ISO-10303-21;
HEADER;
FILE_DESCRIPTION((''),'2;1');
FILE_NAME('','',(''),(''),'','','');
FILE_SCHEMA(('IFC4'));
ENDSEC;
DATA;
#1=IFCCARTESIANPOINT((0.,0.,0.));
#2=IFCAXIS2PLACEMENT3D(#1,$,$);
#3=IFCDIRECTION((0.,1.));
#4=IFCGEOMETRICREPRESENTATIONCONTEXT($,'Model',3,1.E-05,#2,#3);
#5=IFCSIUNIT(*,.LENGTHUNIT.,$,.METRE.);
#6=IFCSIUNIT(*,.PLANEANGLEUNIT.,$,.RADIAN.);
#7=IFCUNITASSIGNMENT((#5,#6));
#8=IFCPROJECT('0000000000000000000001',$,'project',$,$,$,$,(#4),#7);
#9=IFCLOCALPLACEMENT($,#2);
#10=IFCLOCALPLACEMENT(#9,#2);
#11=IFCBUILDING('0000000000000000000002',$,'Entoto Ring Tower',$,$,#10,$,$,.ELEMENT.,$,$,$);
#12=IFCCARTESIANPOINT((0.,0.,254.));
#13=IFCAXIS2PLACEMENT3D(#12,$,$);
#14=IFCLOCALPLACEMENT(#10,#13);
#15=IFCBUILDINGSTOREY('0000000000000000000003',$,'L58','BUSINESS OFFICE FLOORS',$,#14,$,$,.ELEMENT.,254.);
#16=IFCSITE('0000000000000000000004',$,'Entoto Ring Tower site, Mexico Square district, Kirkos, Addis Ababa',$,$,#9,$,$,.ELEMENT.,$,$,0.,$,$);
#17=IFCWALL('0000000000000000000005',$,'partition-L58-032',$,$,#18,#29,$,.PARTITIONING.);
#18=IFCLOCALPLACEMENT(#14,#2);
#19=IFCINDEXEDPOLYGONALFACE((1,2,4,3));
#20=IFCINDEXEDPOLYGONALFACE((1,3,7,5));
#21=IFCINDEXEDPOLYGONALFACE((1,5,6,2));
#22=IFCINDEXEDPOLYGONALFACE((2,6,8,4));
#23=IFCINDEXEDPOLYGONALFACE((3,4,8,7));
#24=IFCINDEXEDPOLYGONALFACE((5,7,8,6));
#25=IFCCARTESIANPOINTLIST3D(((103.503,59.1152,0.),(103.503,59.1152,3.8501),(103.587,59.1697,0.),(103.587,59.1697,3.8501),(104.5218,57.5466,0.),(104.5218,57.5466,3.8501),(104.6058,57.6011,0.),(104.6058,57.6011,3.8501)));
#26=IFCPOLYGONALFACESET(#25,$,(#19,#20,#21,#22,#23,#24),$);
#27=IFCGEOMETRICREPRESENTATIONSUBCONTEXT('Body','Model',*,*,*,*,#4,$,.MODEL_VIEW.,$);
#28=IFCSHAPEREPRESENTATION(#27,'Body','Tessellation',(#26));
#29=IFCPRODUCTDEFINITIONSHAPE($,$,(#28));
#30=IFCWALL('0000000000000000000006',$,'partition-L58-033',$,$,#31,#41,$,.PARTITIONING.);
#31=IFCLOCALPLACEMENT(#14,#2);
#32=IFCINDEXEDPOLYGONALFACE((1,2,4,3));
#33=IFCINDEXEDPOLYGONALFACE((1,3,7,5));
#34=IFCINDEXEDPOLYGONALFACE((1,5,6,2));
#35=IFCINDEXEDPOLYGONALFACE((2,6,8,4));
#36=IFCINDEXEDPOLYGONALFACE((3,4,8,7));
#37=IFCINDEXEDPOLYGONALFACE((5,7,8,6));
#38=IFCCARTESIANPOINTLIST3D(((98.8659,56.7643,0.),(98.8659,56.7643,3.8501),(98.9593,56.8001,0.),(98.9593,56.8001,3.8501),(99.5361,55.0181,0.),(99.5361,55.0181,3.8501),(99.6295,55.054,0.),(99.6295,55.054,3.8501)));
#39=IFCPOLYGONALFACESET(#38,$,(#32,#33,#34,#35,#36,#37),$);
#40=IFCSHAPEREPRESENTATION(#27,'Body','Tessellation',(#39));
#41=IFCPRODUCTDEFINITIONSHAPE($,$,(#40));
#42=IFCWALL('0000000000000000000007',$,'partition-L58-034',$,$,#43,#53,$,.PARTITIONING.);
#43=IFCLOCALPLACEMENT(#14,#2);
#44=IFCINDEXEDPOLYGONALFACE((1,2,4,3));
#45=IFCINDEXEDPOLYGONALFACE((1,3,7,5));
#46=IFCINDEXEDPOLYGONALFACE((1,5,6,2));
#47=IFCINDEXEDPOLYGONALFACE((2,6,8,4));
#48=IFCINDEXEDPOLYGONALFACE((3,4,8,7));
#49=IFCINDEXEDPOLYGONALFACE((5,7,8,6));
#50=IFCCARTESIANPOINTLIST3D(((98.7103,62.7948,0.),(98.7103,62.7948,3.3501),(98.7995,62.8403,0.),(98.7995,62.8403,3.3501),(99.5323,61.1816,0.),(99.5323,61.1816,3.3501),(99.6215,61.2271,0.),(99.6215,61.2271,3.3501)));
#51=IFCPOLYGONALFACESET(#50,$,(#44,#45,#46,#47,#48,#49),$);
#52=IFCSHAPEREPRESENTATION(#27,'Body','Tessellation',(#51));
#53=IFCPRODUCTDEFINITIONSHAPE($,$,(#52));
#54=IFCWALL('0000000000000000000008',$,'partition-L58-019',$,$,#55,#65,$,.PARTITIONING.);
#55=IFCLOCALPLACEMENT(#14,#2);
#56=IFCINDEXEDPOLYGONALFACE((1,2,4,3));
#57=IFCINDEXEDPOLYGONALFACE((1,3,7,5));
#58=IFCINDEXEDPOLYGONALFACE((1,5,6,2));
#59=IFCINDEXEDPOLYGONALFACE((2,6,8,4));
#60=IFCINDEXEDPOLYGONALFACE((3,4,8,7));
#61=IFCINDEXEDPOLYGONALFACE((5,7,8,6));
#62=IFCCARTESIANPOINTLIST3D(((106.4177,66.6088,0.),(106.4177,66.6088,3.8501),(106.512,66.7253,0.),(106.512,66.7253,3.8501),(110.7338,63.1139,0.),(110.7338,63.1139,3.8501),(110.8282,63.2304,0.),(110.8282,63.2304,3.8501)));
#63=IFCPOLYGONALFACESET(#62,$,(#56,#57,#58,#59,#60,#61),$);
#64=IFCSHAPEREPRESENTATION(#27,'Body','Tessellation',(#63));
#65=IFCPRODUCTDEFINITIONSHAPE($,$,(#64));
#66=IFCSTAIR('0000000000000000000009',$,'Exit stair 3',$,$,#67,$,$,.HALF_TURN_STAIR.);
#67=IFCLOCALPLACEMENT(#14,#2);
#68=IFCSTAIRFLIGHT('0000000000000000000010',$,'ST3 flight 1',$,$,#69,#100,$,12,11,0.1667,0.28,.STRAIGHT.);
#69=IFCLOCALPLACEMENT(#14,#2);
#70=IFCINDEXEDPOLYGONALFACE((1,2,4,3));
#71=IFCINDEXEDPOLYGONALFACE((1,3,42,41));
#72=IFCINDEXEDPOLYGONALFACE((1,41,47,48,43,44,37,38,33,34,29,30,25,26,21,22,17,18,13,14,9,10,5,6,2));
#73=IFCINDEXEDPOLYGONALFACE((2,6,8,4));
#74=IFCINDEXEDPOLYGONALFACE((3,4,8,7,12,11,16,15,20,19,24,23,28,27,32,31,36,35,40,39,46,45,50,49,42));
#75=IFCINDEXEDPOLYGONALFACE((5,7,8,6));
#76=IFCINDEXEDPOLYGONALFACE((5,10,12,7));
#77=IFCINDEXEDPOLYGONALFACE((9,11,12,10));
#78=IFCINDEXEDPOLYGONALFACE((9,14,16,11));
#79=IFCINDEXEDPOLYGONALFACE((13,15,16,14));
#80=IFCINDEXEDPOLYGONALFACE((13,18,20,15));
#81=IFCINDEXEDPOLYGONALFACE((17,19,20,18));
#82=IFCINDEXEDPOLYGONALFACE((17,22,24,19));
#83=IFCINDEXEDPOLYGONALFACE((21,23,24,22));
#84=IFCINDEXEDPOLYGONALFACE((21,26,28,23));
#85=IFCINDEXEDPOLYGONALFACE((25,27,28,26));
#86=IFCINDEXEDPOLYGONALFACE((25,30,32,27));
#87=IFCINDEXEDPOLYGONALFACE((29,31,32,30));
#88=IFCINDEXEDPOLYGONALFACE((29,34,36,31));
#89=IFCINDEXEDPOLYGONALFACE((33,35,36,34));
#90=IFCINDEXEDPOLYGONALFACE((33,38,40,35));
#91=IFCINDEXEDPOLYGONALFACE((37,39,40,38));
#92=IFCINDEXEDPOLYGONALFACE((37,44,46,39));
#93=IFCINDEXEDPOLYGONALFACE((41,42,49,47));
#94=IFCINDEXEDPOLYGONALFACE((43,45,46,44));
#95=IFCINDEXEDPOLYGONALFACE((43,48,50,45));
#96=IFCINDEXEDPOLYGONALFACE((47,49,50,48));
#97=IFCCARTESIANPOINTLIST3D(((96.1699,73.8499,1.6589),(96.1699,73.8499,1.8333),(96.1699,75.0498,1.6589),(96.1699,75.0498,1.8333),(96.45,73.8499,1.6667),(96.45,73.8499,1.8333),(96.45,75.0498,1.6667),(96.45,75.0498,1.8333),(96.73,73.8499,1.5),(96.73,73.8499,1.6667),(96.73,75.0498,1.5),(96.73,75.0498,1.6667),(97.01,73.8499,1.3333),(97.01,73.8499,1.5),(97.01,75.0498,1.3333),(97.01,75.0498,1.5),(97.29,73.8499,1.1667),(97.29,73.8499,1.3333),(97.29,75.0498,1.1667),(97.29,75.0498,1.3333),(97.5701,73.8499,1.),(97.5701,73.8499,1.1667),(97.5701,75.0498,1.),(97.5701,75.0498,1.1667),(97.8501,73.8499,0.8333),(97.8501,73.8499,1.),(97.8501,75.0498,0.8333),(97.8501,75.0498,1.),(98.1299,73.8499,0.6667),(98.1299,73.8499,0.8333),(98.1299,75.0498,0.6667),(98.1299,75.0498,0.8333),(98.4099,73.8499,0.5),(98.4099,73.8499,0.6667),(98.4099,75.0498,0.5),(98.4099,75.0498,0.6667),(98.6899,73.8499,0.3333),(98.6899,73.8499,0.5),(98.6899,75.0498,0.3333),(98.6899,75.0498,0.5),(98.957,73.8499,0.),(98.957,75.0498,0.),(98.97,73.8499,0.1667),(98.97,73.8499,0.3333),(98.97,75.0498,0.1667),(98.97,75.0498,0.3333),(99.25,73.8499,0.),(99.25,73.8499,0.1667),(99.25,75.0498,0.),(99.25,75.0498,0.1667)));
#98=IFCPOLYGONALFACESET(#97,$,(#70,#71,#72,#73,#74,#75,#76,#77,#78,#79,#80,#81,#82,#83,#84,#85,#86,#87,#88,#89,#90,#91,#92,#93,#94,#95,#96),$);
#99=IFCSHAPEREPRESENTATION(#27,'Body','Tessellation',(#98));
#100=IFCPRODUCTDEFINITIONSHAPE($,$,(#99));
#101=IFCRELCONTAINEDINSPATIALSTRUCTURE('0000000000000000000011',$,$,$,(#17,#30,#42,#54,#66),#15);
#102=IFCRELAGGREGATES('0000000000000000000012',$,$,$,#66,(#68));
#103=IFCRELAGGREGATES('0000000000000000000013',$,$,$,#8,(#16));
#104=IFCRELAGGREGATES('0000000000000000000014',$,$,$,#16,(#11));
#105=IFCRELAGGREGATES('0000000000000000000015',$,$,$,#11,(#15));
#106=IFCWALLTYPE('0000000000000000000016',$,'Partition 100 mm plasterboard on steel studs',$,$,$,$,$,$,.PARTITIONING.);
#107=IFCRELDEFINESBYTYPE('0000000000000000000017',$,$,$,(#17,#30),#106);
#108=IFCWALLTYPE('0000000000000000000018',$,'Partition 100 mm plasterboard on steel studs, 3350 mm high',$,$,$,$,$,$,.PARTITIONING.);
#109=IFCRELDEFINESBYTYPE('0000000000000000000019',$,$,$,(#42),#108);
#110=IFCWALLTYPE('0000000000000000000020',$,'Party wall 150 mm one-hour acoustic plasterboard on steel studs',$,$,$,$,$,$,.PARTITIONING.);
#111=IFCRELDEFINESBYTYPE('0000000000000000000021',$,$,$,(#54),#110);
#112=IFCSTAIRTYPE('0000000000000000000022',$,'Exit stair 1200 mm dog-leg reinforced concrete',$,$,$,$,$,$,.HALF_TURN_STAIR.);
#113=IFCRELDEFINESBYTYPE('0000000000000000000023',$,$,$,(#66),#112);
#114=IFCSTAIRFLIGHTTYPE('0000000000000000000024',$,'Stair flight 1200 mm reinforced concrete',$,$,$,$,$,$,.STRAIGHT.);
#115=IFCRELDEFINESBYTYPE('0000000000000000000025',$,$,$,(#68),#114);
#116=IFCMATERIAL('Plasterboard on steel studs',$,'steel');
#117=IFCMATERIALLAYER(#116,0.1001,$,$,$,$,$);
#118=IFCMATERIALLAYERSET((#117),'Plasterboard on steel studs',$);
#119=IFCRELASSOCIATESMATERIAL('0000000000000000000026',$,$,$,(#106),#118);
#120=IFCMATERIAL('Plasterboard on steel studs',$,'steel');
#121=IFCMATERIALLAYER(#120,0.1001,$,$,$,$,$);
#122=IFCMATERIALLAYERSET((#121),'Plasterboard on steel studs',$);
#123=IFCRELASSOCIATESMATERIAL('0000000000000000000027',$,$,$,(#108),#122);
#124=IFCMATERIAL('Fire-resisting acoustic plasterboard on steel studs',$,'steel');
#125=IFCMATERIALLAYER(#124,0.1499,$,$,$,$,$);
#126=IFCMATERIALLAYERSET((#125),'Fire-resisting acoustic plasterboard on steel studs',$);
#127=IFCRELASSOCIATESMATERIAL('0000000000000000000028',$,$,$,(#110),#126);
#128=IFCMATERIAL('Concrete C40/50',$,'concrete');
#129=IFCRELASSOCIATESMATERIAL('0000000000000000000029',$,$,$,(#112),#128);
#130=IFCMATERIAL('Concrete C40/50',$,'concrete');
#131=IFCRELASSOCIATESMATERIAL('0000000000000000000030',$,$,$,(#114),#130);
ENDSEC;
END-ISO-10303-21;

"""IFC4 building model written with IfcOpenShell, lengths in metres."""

from ifc_helpers import new_model, si_unit, direction, frame, frame_2d, origin, place, context, subcontext, project, spatial, polyline, rectangle, outline, extrude, material, layer, layer_set, type_object, element, aggregate, save


model = new_model("IFC4")

# Units and contexts
model_context = context("Model", 3, precision=1e-05, world=origin(), true_north=direction((0.0, 1.0)))
body_context = subcontext(model_context, "Body", "Model", "MODEL_VIEW")
ifc_project = project(units=[si_unit("LENGTHUNIT", "METRE"), si_unit("PLANEANGLEUNIT", "RADIAN")], contexts=[model_context])

# Site, building, storey
site_placement = place(None, origin())
site = spatial("IfcSite", under=ifc_project, at=site_placement, Name="Entoto Ring Tower site, Mexico Square district, Kirkos, Addis Ababa", CompositionType="ELEMENT", RefElevation=0.0)
building_placement = place(site_placement, origin())
building = spatial("IfcBuilding", under=site, at=building_placement, Name="Entoto Ring Tower", CompositionType="ELEMENT")
storey_placement = place(building_placement, frame((0.0, 0.0, 254.0)))
storey = spatial("IfcBuildingStorey", under=building, at=storey_placement, Name="L58", Description="BUSINESS OFFICE FLOORS", CompositionType="ELEMENT", Elevation=254.0)

# Walls
ifc_material_1 = material(Name="Plasterboard on steel studs", Category="steel")
ifc_layer_1 = layer(ifc_material_1, 0.1001)
ifc_layer_set_1 = layer_set([ifc_layer_1], Name="Plasterboard on steel studs")
wall_type_1 = type_object("IfcWallType", Name="Partition 100 mm plasterboard on steel studs", PredefinedType="PARTITIONING", material=ifc_layer_set_1)
for number, where, z_axis, x_axis, name in (
    (1, (104.5637, 57.574, 0.0), (0.0, 0.0, 1.0), (-0.54469, 0.838637, 0.0), "partition-L58-032"),
    (2, (99.5828, 55.0361, 0.0), (0.0, 0.0, 1.0), (-0.358323, 0.933598, 0.0), "partition-L58-033"),
):
    element("IfcWall", number, at=place(storey_placement, frame(where, z_axis=z_axis, x_axis=x_axis)), inside=storey, type_object=wall_type_1, Name=name, PredefinedType="PARTITIONING", context=body_context, shape_type="SweptSolid", body=[
        extrude(rectangle(XDim=1.8704, YDim=0.1001, at=frame_2d((0.9351, 0.0))), origin(), (0.0, 0.0, 1.0), 3.8501),
    ])
ifc_material_2 = material(Name="Plasterboard on steel studs", Category="steel")
ifc_layer_2 = layer(ifc_material_2, 0.1001)
ifc_layer_set_2 = layer_set([ifc_layer_2], Name="Plasterboard on steel studs")
wall_type_2 = type_object("IfcWallType", Name="Partition 100 mm plasterboard on steel studs, 3350 mm high", PredefinedType="PARTITIONING", material=ifc_layer_set_2)
wall_1_placement = place(storey_placement, frame((99.5769, 61.2043, 0.0), z_axis=(0.0, 0.0, 1.0), x_axis=(-0.453996, 0.891003, 0.0)))
element("IfcWall", 3, at=wall_1_placement, inside=storey, type_object=wall_type_2, Name="partition-L58-034", PredefinedType="PARTITIONING", context=body_context, shape_type="SweptSolid", body=[
    extrude(rectangle(XDim=1.8105, YDim=0.1001, at=frame_2d((0.9053, 0.0))), origin(), (0.0, 0.0, 1.0), 3.3501),
])
ifc_material_3 = material(Name="Fire-resisting acoustic plasterboard on steel studs", Category="steel")
ifc_layer_3 = layer(ifc_material_3, 0.1499)
ifc_layer_set_3 = layer_set([ifc_layer_3], Name="Fire-resisting acoustic plasterboard on steel studs")
wall_type_3 = type_object("IfcWallType", Name="Party wall 150 mm one-hour acoustic plasterboard on steel studs", PredefinedType="PARTITIONING", material=ifc_layer_set_3)
wall_2_placement = place(storey_placement, frame((110.781, 63.1721, 0.0), z_axis=(0.0, 0.0, 1.0), x_axis=(-0.777171, 0.629289, 0.0)))
element("IfcWall", 4, at=wall_2_placement, inside=storey, type_object=wall_type_3, Name="partition-L58-019", PredefinedType="PARTITIONING", context=body_context, shape_type="SweptSolid", body=[
    extrude(rectangle(XDim=5.5537, YDim=0.1499, at=frame_2d((2.7769, 0.0))), origin(), (0.0, 0.0, 1.0), 3.8501),
])

# Stair, stair flight
ifc_material_4 = material(Name="Concrete C40/50", Category="concrete")
stair_type = type_object("IfcStairType", Name="Exit stair 1200 mm dog-leg reinforced concrete", PredefinedType="HALF_TURN_STAIR", material=ifc_material_4)
stair_placement = place(storey_placement, origin())
stair = element("IfcStair", 5, at=stair_placement, inside=storey, type_object=stair_type, Name="Exit stair 3", PredefinedType="HALF_TURN_STAIR")
ifc_material_5 = material(Name="Concrete C40/50", Category="concrete")
stair_flight_type = type_object("IfcStairFlightType", Name="Stair flight 1200 mm reinforced concrete", PredefinedType="STRAIGHT", material=ifc_material_5)
stair_flight_placement = place(storey_placement, frame((99.25, 74.45, 0.0), z_axis=(0.0, 0.0, 1.0), x_axis=(-1.0, 0.0, 0.0)))
stair_flight = element("IfcStairFlight", 6, at=stair_flight_placement, type_object=stair_flight_type, Name="ST3 flight 1", NumberOfRisers=12, NumberOfTreads=11, PredefinedType="STRAIGHT", RiserHeight=0.1667, TreadLength=0.28, context=body_context, shape_type="SweptSolid", body=[
    extrude(outline(polyline([(0.0, 0.0), (0.0, 0.1667), (0.28, 0.1667), (0.28, 0.3333), (0.5601, 0.3333), (0.5601, 0.5), (0.8401, 0.5), (0.8401, 0.6667), (1.1201, 0.6667), (1.1201, 0.8333), (1.3999, 0.8333), (1.3999, 1.0), (1.6799, 1.0), (1.6799, 1.1667), (1.96, 1.1667), (1.96, 1.3333), (2.24, 1.3333), (2.24, 1.5), (2.52, 1.5), (2.52, 1.6667), (2.8, 1.6667), (2.8, 1.8333), (3.0801, 1.8333), (3.0801, 2.0), (3.0801, 1.6589), (0.293, 0.0), (0.0, 0.0)])), frame((0.0, 0.6001, 0.0), z_axis=(0.0, -1.0, 0.0), x_axis=(1.0, 0.0, 0.0)), (0.0, 0.0, 1.0), 1.2),
])
aggregate(stair, [stair_flight])

save(model, "model.ifc")
